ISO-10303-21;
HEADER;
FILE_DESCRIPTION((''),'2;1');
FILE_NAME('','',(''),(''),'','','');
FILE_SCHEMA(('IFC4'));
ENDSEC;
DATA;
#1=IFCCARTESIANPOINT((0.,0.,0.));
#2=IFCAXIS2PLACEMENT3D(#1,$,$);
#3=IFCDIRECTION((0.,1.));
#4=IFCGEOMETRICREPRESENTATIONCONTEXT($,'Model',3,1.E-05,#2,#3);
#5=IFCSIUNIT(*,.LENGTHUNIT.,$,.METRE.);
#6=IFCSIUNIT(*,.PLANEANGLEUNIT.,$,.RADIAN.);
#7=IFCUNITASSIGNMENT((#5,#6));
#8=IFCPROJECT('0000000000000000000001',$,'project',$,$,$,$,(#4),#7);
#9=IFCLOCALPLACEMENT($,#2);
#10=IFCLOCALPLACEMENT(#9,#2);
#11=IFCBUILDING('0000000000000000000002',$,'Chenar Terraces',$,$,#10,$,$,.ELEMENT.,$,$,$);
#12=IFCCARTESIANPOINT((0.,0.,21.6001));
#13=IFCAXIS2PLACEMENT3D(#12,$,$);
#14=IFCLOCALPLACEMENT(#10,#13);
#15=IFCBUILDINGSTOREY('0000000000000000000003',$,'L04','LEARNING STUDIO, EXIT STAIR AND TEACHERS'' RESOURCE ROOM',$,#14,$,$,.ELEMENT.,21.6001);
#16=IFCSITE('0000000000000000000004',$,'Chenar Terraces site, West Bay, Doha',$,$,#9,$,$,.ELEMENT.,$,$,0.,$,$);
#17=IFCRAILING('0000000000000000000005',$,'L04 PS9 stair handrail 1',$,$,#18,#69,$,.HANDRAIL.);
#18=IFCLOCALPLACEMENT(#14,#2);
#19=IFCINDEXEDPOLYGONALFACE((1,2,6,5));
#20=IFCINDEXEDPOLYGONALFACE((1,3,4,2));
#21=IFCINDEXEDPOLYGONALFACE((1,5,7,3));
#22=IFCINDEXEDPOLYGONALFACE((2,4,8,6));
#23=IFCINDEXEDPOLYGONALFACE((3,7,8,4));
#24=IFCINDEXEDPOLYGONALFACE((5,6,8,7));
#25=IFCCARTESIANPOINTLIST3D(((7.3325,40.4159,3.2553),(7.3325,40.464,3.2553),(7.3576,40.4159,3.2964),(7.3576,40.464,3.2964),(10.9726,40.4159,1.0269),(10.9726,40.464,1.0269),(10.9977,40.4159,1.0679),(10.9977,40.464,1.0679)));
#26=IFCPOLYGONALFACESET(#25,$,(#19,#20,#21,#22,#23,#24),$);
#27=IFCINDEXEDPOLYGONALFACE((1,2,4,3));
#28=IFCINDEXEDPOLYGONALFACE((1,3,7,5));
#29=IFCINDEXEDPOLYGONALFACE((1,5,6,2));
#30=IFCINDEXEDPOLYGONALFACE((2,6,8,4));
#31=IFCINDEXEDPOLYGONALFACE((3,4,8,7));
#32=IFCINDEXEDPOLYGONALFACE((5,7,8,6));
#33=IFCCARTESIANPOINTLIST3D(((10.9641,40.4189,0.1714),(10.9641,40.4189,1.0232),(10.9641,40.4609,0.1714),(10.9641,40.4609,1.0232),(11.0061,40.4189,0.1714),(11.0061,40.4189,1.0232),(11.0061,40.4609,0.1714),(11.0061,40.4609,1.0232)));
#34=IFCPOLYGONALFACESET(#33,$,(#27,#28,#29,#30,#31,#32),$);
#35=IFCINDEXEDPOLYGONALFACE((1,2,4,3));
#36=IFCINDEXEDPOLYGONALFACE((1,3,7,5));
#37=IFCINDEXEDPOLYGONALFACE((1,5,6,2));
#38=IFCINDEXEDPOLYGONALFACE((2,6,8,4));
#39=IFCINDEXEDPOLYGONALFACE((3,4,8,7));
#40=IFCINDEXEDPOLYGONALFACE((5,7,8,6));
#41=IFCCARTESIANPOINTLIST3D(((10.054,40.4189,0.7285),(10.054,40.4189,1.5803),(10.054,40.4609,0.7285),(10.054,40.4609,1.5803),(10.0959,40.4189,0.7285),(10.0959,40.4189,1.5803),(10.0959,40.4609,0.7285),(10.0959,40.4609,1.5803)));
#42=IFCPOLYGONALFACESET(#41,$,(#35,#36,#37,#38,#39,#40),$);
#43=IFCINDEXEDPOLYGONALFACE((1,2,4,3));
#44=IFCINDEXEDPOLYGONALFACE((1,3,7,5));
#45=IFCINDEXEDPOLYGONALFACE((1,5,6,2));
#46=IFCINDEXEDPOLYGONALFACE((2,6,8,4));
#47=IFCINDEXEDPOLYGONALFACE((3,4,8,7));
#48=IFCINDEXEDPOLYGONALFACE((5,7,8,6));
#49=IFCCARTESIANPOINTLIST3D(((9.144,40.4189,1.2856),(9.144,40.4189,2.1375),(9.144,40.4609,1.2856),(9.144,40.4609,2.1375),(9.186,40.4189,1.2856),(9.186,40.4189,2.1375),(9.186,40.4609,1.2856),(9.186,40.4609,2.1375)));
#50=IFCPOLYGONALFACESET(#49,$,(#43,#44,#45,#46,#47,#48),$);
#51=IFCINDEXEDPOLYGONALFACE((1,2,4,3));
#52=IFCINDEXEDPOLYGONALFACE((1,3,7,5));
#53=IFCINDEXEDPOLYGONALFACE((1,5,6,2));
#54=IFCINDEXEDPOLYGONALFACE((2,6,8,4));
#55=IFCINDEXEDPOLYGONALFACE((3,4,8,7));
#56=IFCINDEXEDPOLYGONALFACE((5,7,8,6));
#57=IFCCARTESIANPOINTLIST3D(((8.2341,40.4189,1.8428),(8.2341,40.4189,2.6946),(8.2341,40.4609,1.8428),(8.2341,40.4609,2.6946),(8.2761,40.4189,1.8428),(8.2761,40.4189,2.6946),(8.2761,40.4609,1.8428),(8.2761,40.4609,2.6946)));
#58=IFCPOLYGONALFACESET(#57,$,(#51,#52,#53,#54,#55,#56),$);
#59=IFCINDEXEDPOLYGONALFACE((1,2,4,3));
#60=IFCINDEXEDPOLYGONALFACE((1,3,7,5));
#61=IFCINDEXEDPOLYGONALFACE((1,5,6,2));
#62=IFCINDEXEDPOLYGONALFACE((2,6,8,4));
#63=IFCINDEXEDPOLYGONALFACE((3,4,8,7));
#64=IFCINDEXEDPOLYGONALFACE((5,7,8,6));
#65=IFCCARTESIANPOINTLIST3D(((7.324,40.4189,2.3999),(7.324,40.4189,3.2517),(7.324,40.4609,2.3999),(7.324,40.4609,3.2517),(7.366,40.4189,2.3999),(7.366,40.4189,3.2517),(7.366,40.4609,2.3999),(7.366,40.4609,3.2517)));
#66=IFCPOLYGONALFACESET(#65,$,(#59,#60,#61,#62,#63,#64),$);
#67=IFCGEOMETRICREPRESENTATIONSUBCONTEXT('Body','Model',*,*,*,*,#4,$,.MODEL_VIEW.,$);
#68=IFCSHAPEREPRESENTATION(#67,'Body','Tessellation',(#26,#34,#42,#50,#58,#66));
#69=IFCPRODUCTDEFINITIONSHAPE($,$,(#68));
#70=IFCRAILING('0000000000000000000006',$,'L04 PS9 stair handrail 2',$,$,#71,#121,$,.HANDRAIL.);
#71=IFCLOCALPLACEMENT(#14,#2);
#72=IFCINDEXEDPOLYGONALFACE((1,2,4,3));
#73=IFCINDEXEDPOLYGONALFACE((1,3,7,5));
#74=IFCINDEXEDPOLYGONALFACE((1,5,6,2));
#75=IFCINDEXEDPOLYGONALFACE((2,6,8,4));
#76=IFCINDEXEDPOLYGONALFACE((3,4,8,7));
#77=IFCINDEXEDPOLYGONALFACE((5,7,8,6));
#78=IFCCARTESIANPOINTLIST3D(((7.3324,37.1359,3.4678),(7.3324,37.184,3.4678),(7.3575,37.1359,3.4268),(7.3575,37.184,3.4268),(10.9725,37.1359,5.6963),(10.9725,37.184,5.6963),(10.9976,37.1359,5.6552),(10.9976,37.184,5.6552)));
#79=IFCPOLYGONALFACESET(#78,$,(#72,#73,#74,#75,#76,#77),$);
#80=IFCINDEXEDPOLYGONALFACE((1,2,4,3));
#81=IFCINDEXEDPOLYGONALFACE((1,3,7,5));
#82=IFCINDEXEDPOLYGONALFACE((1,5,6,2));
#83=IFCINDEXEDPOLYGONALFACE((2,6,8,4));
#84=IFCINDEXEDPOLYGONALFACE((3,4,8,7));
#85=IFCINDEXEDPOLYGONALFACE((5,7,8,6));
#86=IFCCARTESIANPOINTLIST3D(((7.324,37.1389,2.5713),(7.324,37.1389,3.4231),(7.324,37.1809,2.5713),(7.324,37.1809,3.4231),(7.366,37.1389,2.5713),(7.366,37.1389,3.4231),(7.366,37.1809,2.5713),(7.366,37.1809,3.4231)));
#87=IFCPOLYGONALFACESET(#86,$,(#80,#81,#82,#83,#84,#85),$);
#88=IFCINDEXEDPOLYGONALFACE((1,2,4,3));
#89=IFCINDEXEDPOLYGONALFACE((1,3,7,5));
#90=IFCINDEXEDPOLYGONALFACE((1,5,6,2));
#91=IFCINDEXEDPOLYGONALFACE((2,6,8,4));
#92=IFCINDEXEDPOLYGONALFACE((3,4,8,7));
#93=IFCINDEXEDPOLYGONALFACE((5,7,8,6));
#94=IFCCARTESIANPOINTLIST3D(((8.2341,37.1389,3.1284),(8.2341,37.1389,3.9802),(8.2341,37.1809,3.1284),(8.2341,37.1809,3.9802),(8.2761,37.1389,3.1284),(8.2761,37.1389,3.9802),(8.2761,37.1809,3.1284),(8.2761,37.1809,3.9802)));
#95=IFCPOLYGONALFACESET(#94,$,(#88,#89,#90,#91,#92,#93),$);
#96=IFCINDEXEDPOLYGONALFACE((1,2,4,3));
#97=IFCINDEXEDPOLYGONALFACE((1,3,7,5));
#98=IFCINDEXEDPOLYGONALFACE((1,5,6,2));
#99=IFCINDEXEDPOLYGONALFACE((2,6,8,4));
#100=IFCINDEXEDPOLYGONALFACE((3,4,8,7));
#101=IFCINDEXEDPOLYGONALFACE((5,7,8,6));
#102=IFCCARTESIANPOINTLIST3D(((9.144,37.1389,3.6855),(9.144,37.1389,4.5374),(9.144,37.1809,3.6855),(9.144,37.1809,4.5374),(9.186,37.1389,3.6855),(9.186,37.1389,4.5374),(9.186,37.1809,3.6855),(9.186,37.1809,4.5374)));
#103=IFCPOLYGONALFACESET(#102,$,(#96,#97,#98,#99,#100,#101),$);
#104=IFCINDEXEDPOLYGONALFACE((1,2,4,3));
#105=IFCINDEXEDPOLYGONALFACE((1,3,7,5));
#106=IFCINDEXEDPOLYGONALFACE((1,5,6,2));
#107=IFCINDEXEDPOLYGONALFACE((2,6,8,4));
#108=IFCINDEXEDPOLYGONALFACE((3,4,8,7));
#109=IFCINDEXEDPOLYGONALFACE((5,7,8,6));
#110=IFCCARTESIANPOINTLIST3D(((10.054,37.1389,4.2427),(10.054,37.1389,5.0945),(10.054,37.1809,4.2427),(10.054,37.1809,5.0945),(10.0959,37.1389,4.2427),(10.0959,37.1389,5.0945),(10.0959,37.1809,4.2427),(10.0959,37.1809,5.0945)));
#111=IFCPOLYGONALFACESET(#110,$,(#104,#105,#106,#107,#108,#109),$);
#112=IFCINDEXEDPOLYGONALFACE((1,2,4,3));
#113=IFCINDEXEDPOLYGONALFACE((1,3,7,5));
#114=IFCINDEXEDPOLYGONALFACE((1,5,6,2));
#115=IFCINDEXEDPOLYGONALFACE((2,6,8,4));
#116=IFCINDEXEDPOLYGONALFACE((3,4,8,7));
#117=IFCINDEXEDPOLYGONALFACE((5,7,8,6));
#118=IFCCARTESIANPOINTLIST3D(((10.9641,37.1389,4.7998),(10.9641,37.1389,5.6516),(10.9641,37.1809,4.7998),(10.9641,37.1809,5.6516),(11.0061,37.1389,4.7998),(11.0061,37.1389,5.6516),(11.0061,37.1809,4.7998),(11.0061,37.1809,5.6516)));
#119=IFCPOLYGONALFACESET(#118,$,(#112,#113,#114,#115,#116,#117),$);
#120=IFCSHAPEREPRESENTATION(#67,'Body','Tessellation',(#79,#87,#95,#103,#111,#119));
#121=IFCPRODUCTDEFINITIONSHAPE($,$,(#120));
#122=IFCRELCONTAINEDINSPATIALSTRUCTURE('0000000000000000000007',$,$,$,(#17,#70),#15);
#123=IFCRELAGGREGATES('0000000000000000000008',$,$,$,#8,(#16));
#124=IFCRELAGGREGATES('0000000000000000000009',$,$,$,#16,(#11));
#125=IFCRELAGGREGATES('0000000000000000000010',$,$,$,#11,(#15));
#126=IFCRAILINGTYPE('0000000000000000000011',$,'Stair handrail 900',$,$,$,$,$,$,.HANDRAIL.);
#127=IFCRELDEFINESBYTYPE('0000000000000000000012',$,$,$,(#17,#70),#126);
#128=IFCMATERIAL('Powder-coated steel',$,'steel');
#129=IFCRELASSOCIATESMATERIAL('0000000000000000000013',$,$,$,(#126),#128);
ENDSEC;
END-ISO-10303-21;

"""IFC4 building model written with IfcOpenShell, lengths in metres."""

from ifc_helpers import new_model, si_unit, direction, frame, origin, origin_2d, place, context, subcontext, project, spatial, rectangle, extrude, material, type_object, element, save


model = new_model("IFC4")

# Units and contexts
model_context = context("Model", 3, precision=1e-05, world=origin(), true_north=direction((0.0, 1.0)))
body_context = subcontext(model_context, "Body", "Model", "MODEL_VIEW")
ifc_project = project(units=[si_unit("LENGTHUNIT", "METRE"), si_unit("PLANEANGLEUNIT", "RADIAN")], contexts=[model_context])

# Site, building, storey
site_placement = place(None, origin())
site = spatial("IfcSite", under=ifc_project, at=site_placement, Name="Chenar Terraces site, West Bay, Doha", CompositionType="ELEMENT", RefElevation=0.0)
building_placement = place(site_placement, origin())
building = spatial("IfcBuilding", under=site, at=building_placement, Name="Chenar Terraces", CompositionType="ELEMENT")
storey_placement = place(building_placement, frame((0.0, 0.0, 21.6001)))
storey = spatial("IfcBuildingStorey", under=building, at=storey_placement, Name="L04", Description="LEARNING STUDIO, EXIT STAIR AND TEACHERS' RESOURCE ROOM", CompositionType="ELEMENT", Elevation=21.6001)

# Railings
ifc_material_1 = material(Name="Powder-coated steel", Category="steel")
railing_type_1 = type_object("IfcRailingType", Name="Stair handrail 900", PredefinedType="HANDRAIL", material=ifc_material_1)
railing_1_placement = place(storey_placement, frame((10.9851, 40.4399, 0.1714)))
element("IfcRailing", 1, at=railing_1_placement, inside=storey, type_object=railing_type_1, Name="L04 PS9 stair handrail 1", PredefinedType="HANDRAIL", context=body_context, shape_type="SweptSolid", body=[
    extrude(rectangle(XDim=0.0481, YDim=0.0481, at=origin_2d()), frame((0.0, 0.0, 0.876), z_axis=(-0.852866, 0.0, 0.52213), x_axis=(0.0, -1.0, 0.0)), (0.0, 0.0, 1.0), 4.2681),
    extrude(rectangle(XDim=0.042, YDim=0.042, at=origin_2d()), origin(), (0.0, 0.0, 1.0), 0.8518),
    extrude(rectangle(XDim=0.042, YDim=0.042, at=origin_2d()), frame((-0.9102, 0.0, 0.5571)), (0.0, 0.0, 1.0), 0.8518),
    extrude(rectangle(XDim=0.042, YDim=0.042, at=origin_2d()), frame((-1.8201, 0.0, 1.1143)), (0.0, 0.0, 1.0), 0.8518),
    extrude(rectangle(XDim=0.042, YDim=0.042, at=origin_2d()), frame((-2.73, 0.0, 1.6714)), (0.0, 0.0, 1.0), 0.8518),
    extrude(rectangle(XDim=0.042, YDim=0.042, at=origin_2d()), frame((-3.6401, 0.0, 2.2285)), (0.0, 0.0, 1.0), 0.8518),
])
railing_2_placement = place(storey_placement, frame((7.345, 37.1599, 2.5713)))
element("IfcRailing", 2, at=railing_2_placement, inside=storey, type_object=railing_type_1, Name="L04 PS9 stair handrail 2", PredefinedType="HANDRAIL", context=body_context, shape_type="SweptSolid", body=[
    extrude(rectangle(XDim=0.0481, YDim=0.0481, at=origin_2d()), frame((0.0, 0.0, 0.876), z_axis=(0.852866, 0.0, 0.52213), x_axis=(0.0, 1.0, 0.0)), (0.0, 0.0, 1.0), 4.2681),
    extrude(rectangle(XDim=0.042, YDim=0.042, at=origin_2d()), origin(), (0.0, 0.0, 1.0), 0.8518),
    extrude(rectangle(XDim=0.042, YDim=0.042, at=origin_2d()), frame((0.9102, 0.0, 0.5571)), (0.0, 0.0, 1.0), 0.8518),
    extrude(rectangle(XDim=0.042, YDim=0.042, at=origin_2d()), frame((1.8201, 0.0, 1.1143)), (0.0, 0.0, 1.0), 0.8518),
    extrude(rectangle(XDim=0.042, YDim=0.042, at=origin_2d()), frame((2.73, 0.0, 1.6714)), (0.0, 0.0, 1.0), 0.8518),
    extrude(rectangle(XDim=0.042, YDim=0.042, at=origin_2d()), frame((3.6401, 0.0, 2.2285)), (0.0, 0.0, 1.0), 0.8518),
])

save(model, "model.ifc")
